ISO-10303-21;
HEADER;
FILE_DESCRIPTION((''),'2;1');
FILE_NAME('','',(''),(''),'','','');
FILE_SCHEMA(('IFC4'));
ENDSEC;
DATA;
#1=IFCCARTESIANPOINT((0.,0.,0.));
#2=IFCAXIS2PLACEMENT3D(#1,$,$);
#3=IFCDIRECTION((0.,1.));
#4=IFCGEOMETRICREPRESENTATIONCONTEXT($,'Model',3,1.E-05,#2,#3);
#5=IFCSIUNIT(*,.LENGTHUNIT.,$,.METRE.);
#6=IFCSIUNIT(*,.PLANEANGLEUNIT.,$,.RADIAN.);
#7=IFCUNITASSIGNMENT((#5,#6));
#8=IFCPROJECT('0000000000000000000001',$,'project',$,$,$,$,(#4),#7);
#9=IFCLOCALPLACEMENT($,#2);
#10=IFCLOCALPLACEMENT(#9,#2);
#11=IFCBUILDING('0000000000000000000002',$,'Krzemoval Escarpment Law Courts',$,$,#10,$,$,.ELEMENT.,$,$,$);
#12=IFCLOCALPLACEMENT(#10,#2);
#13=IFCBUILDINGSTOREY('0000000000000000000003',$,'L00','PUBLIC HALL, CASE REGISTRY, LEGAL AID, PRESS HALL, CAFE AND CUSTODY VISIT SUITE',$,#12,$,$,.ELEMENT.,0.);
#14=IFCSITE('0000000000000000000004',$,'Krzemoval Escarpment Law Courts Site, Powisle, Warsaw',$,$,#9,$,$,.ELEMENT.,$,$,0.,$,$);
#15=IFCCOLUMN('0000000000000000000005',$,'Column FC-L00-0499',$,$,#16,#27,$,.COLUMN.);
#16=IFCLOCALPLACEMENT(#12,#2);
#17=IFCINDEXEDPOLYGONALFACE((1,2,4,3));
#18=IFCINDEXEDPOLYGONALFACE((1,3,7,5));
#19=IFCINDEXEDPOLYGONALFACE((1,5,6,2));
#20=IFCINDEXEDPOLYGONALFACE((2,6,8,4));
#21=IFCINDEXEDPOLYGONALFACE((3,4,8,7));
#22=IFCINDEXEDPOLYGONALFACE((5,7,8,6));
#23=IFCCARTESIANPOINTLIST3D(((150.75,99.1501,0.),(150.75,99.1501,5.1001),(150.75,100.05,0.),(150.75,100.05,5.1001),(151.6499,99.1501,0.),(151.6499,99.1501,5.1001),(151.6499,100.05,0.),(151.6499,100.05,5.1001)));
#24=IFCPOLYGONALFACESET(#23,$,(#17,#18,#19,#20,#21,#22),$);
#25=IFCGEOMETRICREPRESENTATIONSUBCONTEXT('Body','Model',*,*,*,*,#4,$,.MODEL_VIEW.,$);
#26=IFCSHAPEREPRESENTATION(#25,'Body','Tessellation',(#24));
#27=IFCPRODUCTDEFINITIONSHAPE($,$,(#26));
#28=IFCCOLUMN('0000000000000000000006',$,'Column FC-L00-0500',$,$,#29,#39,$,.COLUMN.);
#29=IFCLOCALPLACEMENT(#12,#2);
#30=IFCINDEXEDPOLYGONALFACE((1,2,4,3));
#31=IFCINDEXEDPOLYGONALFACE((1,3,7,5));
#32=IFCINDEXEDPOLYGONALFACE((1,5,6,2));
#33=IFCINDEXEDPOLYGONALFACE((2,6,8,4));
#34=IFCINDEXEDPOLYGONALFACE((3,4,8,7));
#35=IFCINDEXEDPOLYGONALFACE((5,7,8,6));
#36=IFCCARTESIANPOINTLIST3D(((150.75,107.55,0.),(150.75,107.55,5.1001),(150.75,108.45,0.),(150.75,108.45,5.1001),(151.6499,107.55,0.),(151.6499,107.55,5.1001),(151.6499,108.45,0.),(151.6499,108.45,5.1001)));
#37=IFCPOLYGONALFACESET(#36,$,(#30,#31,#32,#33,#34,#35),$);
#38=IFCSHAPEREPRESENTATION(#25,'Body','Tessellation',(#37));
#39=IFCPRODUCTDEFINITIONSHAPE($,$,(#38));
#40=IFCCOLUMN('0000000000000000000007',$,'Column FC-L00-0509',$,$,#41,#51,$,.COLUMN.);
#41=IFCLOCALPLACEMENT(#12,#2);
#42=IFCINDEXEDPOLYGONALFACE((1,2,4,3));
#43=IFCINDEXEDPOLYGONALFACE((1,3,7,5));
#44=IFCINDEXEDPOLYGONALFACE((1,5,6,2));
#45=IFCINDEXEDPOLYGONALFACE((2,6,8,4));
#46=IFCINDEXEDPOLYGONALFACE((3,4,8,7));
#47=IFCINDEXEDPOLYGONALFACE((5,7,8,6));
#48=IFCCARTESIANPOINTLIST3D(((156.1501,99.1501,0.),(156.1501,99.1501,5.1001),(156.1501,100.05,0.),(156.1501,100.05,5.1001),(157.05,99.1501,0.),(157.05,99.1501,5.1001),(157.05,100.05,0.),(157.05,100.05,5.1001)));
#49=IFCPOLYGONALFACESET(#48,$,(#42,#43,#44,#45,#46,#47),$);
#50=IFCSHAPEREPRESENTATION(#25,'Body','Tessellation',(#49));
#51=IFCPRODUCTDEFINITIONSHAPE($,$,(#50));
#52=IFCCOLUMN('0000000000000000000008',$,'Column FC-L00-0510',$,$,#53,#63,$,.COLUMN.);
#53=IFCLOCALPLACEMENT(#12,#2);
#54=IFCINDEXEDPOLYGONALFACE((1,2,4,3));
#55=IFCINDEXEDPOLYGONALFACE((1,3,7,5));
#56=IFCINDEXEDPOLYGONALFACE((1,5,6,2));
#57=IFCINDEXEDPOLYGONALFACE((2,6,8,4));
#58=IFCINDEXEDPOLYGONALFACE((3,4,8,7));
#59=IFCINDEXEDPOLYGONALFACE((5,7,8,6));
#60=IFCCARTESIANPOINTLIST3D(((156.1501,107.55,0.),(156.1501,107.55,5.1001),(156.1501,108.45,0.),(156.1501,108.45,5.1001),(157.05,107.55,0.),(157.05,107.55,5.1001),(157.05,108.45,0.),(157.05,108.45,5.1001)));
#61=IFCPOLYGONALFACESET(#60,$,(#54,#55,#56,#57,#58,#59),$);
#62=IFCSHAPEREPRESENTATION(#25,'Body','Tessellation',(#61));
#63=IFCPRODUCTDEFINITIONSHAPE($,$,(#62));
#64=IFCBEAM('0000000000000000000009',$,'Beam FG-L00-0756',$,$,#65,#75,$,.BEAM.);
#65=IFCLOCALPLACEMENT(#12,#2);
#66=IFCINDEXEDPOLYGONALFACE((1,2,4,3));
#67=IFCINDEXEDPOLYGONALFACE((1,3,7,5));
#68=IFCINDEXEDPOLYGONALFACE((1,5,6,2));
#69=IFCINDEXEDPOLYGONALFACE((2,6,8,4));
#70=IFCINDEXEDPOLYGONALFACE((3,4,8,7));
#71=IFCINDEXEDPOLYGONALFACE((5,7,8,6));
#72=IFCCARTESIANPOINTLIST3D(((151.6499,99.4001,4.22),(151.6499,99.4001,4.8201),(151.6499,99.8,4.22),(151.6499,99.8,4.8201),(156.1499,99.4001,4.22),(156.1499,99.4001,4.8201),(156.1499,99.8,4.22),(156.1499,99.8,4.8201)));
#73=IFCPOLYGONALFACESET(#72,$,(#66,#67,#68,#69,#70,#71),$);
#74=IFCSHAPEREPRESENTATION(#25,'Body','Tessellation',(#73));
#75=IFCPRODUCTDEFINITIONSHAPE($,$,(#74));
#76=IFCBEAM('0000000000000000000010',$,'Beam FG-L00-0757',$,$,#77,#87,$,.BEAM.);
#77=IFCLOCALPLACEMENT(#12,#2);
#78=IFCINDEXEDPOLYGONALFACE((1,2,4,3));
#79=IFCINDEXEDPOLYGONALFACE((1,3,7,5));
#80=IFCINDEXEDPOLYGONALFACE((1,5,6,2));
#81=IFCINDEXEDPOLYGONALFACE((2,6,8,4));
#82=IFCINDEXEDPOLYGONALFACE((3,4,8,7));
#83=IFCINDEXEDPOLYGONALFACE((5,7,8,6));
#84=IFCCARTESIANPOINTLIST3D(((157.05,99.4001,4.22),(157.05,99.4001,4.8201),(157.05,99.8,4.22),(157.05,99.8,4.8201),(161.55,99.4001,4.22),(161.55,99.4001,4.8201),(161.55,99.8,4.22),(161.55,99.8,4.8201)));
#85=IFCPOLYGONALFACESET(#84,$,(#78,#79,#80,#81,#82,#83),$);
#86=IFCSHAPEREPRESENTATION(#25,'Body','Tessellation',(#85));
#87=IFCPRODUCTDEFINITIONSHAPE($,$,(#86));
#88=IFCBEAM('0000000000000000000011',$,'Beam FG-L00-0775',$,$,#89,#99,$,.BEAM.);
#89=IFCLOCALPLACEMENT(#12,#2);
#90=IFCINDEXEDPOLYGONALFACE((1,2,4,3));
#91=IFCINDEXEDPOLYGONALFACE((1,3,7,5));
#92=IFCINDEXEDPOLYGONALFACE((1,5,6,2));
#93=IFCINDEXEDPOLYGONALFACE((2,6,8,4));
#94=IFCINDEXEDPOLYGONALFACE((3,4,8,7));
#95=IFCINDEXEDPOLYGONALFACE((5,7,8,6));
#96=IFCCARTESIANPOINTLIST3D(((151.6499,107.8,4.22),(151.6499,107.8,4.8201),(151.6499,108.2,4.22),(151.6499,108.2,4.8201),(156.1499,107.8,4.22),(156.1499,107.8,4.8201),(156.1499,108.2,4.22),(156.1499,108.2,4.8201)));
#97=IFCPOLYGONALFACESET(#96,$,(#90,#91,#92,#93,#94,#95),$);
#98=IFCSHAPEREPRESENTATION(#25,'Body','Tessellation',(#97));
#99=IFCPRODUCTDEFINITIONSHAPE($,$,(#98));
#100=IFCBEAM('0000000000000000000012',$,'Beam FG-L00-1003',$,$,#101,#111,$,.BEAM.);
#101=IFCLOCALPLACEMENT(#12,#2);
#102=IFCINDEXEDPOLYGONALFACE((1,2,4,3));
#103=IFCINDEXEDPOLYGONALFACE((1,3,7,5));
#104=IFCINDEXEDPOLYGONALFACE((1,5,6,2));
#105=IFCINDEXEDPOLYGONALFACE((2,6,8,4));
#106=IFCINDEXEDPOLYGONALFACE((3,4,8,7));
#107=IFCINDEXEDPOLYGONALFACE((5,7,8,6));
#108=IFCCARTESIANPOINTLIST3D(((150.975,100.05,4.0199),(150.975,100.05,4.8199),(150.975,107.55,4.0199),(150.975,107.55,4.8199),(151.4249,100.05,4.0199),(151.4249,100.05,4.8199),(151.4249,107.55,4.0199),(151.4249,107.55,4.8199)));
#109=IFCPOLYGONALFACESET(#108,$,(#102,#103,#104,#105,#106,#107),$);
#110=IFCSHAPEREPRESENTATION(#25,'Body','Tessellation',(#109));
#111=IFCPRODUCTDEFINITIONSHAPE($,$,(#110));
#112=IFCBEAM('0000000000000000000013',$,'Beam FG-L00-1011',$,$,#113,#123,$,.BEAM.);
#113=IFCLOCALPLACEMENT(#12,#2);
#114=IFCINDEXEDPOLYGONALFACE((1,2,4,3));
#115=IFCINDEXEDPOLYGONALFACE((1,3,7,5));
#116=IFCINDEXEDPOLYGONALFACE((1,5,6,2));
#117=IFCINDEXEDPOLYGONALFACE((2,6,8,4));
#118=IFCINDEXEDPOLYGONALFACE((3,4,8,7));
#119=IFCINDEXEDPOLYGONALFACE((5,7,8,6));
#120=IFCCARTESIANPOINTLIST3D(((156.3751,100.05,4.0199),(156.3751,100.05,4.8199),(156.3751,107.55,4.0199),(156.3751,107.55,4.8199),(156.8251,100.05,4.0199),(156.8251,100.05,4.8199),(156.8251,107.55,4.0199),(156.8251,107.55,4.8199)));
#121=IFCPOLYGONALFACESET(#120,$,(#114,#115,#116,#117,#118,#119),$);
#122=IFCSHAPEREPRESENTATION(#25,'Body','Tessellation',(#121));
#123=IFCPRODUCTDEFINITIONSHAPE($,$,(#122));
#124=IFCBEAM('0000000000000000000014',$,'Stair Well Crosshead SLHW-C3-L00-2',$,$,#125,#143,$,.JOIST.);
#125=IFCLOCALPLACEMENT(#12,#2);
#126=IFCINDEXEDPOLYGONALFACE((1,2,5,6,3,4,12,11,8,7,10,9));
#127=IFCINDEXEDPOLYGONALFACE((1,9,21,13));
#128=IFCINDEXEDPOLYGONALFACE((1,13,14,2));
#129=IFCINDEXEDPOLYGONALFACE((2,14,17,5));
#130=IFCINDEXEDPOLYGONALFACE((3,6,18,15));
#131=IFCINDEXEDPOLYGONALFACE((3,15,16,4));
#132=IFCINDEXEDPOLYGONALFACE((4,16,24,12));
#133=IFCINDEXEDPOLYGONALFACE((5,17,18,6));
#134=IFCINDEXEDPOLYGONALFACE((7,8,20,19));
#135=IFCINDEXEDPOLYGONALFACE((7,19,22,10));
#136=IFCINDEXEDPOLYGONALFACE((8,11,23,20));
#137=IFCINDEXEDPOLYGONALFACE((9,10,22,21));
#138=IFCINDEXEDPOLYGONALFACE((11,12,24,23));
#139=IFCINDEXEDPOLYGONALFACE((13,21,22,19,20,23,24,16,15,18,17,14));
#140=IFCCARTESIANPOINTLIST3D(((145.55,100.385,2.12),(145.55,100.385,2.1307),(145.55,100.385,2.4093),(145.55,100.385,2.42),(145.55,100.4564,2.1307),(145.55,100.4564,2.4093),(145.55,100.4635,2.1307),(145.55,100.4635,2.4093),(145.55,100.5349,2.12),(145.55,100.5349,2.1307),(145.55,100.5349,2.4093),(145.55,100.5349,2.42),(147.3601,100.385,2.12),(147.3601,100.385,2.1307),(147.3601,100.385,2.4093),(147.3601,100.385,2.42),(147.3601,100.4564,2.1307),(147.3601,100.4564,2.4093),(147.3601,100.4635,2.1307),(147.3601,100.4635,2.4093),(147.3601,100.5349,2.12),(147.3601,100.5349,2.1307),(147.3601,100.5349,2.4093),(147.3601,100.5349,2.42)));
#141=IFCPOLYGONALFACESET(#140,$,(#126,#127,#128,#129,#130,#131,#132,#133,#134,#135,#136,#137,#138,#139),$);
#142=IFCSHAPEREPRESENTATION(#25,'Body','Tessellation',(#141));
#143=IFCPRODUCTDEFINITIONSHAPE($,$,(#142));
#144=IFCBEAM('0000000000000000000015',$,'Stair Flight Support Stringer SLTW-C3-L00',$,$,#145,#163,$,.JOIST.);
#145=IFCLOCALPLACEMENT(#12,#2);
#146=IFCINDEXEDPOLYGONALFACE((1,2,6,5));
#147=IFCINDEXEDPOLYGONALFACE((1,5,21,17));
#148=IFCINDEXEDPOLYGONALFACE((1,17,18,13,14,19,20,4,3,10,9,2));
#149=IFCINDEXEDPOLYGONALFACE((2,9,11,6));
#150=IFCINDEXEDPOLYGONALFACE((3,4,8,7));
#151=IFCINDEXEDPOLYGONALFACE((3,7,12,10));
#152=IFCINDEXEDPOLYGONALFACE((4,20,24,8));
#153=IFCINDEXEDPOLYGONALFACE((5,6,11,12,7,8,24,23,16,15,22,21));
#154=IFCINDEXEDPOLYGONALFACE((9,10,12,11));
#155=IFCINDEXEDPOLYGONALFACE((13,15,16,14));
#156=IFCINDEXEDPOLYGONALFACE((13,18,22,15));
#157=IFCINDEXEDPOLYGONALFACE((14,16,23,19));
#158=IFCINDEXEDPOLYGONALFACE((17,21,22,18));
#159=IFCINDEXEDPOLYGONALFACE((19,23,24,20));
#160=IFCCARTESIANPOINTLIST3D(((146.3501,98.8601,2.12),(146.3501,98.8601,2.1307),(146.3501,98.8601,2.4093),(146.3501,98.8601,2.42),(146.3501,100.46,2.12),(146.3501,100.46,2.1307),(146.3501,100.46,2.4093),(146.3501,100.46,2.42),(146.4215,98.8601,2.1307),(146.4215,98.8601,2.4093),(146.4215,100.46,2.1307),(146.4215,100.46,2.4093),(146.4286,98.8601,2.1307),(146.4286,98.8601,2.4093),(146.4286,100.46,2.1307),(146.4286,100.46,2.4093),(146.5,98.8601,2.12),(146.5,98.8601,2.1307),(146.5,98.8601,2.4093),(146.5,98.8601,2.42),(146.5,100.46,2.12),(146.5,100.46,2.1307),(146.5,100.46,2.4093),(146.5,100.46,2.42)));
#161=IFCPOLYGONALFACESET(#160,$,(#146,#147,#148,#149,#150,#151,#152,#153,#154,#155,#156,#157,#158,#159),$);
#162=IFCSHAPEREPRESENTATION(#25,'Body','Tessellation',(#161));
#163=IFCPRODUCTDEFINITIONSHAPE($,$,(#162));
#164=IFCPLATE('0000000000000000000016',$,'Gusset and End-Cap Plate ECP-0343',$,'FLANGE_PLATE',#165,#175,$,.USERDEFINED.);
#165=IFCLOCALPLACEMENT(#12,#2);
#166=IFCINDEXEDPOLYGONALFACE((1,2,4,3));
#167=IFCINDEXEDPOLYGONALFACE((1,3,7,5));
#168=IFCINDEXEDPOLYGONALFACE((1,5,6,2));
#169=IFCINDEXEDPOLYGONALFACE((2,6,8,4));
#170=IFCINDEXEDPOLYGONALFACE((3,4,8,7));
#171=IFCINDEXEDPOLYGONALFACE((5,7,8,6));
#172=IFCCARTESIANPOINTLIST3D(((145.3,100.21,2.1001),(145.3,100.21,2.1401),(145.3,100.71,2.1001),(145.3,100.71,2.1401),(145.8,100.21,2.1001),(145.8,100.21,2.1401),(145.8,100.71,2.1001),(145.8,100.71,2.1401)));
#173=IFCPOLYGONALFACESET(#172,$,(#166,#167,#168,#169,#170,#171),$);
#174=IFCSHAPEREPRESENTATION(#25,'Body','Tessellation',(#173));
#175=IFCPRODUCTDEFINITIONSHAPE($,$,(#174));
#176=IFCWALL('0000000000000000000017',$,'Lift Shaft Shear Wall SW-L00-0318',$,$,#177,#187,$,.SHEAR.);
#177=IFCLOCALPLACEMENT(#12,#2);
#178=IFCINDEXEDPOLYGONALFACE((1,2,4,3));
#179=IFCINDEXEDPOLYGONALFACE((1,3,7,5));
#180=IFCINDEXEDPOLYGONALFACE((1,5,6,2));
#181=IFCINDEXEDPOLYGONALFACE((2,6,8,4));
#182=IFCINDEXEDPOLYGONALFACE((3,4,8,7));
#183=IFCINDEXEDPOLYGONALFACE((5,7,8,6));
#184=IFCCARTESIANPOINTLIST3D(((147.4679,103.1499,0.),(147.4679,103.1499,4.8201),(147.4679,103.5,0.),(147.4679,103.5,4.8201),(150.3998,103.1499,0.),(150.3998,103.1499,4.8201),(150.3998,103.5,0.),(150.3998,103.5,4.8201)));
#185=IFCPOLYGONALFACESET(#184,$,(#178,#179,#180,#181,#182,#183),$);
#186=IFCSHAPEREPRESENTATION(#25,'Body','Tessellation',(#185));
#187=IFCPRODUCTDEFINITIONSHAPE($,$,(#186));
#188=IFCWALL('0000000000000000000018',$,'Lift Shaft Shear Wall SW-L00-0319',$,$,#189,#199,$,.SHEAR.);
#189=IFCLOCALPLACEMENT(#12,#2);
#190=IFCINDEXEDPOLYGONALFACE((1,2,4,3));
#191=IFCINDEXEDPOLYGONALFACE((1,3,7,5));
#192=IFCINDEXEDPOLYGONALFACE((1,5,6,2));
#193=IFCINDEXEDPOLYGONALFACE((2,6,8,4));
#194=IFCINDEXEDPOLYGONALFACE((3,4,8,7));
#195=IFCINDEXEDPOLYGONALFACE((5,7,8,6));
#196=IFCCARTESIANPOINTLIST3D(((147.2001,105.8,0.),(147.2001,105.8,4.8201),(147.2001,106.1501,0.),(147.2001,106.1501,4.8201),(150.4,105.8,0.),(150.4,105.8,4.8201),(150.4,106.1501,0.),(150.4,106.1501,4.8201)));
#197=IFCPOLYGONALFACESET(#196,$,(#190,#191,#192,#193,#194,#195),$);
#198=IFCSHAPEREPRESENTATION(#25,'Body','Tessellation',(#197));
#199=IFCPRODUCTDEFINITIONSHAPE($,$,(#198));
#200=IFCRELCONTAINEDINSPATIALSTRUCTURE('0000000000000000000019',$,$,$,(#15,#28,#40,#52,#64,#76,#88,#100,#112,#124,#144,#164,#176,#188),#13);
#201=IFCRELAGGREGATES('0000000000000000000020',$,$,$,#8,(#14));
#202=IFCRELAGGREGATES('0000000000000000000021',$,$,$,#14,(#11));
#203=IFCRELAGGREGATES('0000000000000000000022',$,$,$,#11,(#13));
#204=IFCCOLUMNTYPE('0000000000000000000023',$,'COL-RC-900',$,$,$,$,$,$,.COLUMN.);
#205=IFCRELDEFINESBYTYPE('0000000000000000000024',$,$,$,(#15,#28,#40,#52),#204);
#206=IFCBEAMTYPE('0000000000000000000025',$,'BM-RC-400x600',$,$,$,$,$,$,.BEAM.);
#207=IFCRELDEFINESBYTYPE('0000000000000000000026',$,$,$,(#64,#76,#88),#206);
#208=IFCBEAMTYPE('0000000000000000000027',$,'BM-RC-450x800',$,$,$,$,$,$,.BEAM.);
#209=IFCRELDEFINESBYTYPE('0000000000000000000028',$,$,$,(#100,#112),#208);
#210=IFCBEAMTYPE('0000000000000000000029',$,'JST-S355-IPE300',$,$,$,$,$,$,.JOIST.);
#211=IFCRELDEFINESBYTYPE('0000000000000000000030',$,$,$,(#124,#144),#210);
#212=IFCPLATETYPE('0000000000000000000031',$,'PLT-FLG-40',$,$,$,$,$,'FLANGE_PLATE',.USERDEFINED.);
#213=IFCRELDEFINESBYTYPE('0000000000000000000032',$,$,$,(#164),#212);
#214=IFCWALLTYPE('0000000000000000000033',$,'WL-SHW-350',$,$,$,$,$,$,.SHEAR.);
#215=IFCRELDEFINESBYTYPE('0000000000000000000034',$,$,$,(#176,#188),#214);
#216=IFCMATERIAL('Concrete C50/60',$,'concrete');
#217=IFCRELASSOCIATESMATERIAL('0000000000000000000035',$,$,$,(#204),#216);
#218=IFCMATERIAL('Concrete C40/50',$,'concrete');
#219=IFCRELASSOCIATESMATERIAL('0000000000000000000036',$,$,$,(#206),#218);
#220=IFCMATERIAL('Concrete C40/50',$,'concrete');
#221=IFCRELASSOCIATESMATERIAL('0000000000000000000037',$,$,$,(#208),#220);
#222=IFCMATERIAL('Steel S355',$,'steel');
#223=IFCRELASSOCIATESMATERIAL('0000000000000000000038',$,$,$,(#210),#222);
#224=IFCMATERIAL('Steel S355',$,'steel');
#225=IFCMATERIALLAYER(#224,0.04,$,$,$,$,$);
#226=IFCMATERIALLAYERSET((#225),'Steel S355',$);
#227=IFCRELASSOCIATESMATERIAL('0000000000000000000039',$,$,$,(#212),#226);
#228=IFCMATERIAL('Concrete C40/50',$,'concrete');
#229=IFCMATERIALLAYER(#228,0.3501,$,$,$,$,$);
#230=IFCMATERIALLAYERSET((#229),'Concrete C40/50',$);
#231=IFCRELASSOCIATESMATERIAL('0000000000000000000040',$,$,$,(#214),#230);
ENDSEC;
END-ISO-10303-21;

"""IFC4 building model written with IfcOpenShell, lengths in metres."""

from ifc_helpers import new_model, si_unit, direction, frame, frame_2d, origin, origin_2d, place, context, subcontext, project, spatial, rectangle, i_section, extrude, material, layer, layer_set, material_profile, profile_set, type_object, element, save


model = new_model("IFC4")

# Units and contexts
model_context = context("Model", 3, precision=1e-05, world=origin(), true_north=direction((0.0, 1.0)))
body_context = subcontext(model_context, "Body", "Model", "MODEL_VIEW")
ifc_project = project(units=[si_unit("LENGTHUNIT", "METRE"), si_unit("PLANEANGLEUNIT", "RADIAN")], contexts=[model_context])

# Site, building, storey
site_placement = place(None, origin())
site = spatial("IfcSite", under=ifc_project, at=site_placement, Name="Krzemoval Escarpment Law Courts Site, Powisle, Warsaw", CompositionType="ELEMENT", RefElevation=0.0)
building_placement = place(site_placement, origin())
building = spatial("IfcBuilding", under=site, at=building_placement, Name="Krzemoval Escarpment Law Courts", CompositionType="ELEMENT")
storey_placement = place(building_placement, origin())
storey = spatial("IfcBuildingStorey", under=building, at=storey_placement, Name="L00", Description="PUBLIC HALL, CASE REGISTRY, LEGAL AID, PRESS HALL, CAFE AND CUSTODY VISIT SUITE", CompositionType="ELEMENT", Elevation=0.0)

# Columns
ifc_material_1 = material(Name="Concrete C50/60", Category="concrete")
ifc_material_profile_1 = material_profile(ifc_material_1, rectangle(XDim=0.8999, YDim=0.8999, at=origin_2d()), Name="RC 900x900")
ifc_profile_set_1 = profile_set([ifc_material_profile_1], Name="Concrete C50/60")
column_type = type_object("IfcColumnType", Name="COL-RC-900", PredefinedType="COLUMN", material=ifc_profile_set_1)
for number, where, z_axis, x_axis, name in (
    (1, (151.2, 99.6001, 0.0), (0.0, 0.0, 1.0), (1.0, 0.0, 0.0), "Column FC-L00-0499"),
    (2, (151.2, 108.0, 0.0), (0.0, 0.0, 1.0), (1.0, 0.0, 0.0), "Column FC-L00-0500"),
    (3, (156.6001, 99.6001, 0.0), (0.0, 0.0, 1.0), (1.0, 0.0, 0.0), "Column FC-L00-0509"),
    (4, (156.6001, 108.0, 0.0), (0.0, 0.0, 1.0), (1.0, 0.0, 0.0), "Column FC-L00-0510"),
):
    element("IfcColumn", number, at=place(storey_placement, frame(where, z_axis=z_axis, x_axis=x_axis)), inside=storey, type_object=column_type, Name=name, PredefinedType="COLUMN", context=body_context, shape_type="SweptSolid", body=[
        extrude(rectangle(XDim=0.8999, YDim=0.8999, at=origin_2d()), origin(), (0.0, 0.0, 1.0), 5.1001),
    ])

# Beams
ifc_material_2 = material(Name="Concrete C40/50", Category="concrete")
ifc_material_profile_2 = material_profile(ifc_material_2, rectangle(XDim=0.3999, YDim=0.6001, at=origin_2d()), Name="RCB 400x600")
ifc_profile_set_2 = profile_set([ifc_material_profile_2], Name="Concrete C40/50")
beam_type_1 = type_object("IfcBeamType", Name="BM-RC-400x600", PredefinedType="BEAM", material=ifc_profile_set_2)
for number, where, z_axis, x_axis, name in (
    (5, (151.6499, 99.6001, 4.52), (1.0, 0.0, 0.0), (0.0, 1.0, 0.0), "Beam FG-L00-0756"),
    (6, (157.05, 99.6001, 4.52), (1.0, 0.0, 0.0), (0.0, 1.0, 0.0), "Beam FG-L00-0757"),
    (7, (151.6499, 108.0, 4.52), (1.0, 0.0, 0.0), (0.0, 1.0, 0.0), "Beam FG-L00-0775"),
):
    element("IfcBeam", number, at=place(storey_placement, frame(where, z_axis=z_axis, x_axis=x_axis)), inside=storey, type_object=beam_type_1, Name=name, PredefinedType="BEAM", context=body_context, shape_type="SweptSolid", body=[
        extrude(rectangle(XDim=0.3999, YDim=0.6001, at=origin_2d()), origin(), (0.0, 0.0, 1.0), 4.5),
    ])
ifc_material_3 = material(Name="Concrete C40/50", Category="concrete")
ifc_material_profile_3 = material_profile(ifc_material_3, rectangle(XDim=0.45, YDim=0.8, at=origin_2d()), Name="RCB 450x800")
ifc_profile_set_3 = profile_set([ifc_material_profile_3], Name="Concrete C40/50")
beam_type_2 = type_object("IfcBeamType", Name="BM-RC-450x800", PredefinedType="BEAM", material=ifc_profile_set_3)
for number, where, z_axis, x_axis, name in (
    (8, (151.2, 100.05, 4.4199), (0.0, 1.0, 0.0), (-1.0, 0.0, 0.0), "Beam FG-L00-1003"),
    (9, (156.6001, 100.05, 4.4199), (0.0, 1.0, 0.0), (-1.0, 0.0, 0.0), "Beam FG-L00-1011"),
):
    element("IfcBeam", number, at=place(storey_placement, frame(where, z_axis=z_axis, x_axis=x_axis)), inside=storey, type_object=beam_type_2, Name=name, PredefinedType="BEAM", context=body_context, shape_type="SweptSolid", body=[
        extrude(rectangle(XDim=0.45, YDim=0.8, at=origin_2d()), origin(), (0.0, 0.0, 1.0), 7.5),
    ])
ifc_material_4 = material(Name="Steel S355", Category="steel")
ifc_material_profile_4 = material_profile(ifc_material_4, i_section(OverallWidth=0.1499, OverallDepth=0.3, WebThickness=0.0071, FlangeThickness=0.0107, at=origin_2d()), Name="IPE 300")
ifc_profile_set_4 = profile_set([ifc_material_profile_4], Name="Steel S355")
beam_type_3 = type_object("IfcBeamType", Name="JST-S355-IPE300", PredefinedType="JOIST", material=ifc_profile_set_4)
beam_1_placement = place(storey_placement, frame((145.55, 100.46, 2.27), z_axis=(1.0, 0.0, 0.0), x_axis=(0.0, 1.0, 0.0)))
element("IfcBeam", 10, at=beam_1_placement, inside=storey, type_object=beam_type_3, Name="Stair Well Crosshead SLHW-C3-L00-2", PredefinedType="JOIST", context=body_context, shape_type="SweptSolid", body=[
    extrude(i_section(OverallWidth=0.1499, OverallDepth=0.3, WebThickness=0.0071, FlangeThickness=0.0107, at=origin_2d()), origin(), (0.0, 0.0, 1.0), 1.8101),
])
beam_2_placement = place(storey_placement, frame((146.425, 98.8601, 2.27), z_axis=(0.0, 1.0, 0.0), x_axis=(-1.0, 0.0, 0.0)))
element("IfcBeam", 11, at=beam_2_placement, inside=storey, type_object=beam_type_3, Name="Stair Flight Support Stringer SLTW-C3-L00", PredefinedType="JOIST", context=body_context, shape_type="SweptSolid", body=[
    extrude(i_section(OverallWidth=0.1499, OverallDepth=0.3, WebThickness=0.0071, FlangeThickness=0.0107, at=origin_2d()), origin(), (0.0, 0.0, 1.0), 1.5999),
])

# Plate
ifc_material_5 = material(Name="Steel S355", Category="steel")
ifc_layer_1 = layer(ifc_material_5, 0.04)
ifc_layer_set_1 = layer_set([ifc_layer_1], Name="Steel S355")
plate_type = type_object("IfcPlateType", Name="PLT-FLG-40", ElementType="FLANGE_PLATE", PredefinedType="USERDEFINED", material=ifc_layer_set_1)
plate_placement = place(storey_placement, frame((145.55, 100.46, 2.1001), z_axis=(0.0, 0.0, 1.0), x_axis=(1.0, 0.0, 0.0)))
element("IfcPlate", 12, at=plate_placement, inside=storey, type_object=plate_type, Name="Gusset and End-Cap Plate ECP-0343", ObjectType="FLANGE_PLATE", PredefinedType="USERDEFINED", context=body_context, shape_type="SweptSolid", body=[
    extrude(rectangle(XDim=0.5, YDim=0.5, at=origin_2d()), origin(), (0.0, 0.0, 1.0), 0.04),
])

# Walls
ifc_material_6 = material(Name="Concrete C40/50", Category="concrete")
ifc_layer_2 = layer(ifc_material_6, 0.3501)
ifc_layer_set_2 = layer_set([ifc_layer_2], Name="Concrete C40/50")
wall_type = type_object("IfcWallType", Name="WL-SHW-350", PredefinedType="SHEAR", material=ifc_layer_set_2)
wall_1_placement = place(storey_placement, frame((147.468, 103.325, 0.0), z_axis=(0.0, 0.0, 1.0), x_axis=(1.0, 0.0, 0.0)))
element("IfcWall", 13, at=wall_1_placement, inside=storey, type_object=wall_type, Name="Lift Shaft Shear Wall SW-L00-0318", PredefinedType="SHEAR", context=body_context, shape_type="SweptSolid", body=[
    extrude(rectangle(XDim=2.9319, YDim=0.3501, at=frame_2d((1.4658, 0.0))), origin(), (0.0, 0.0, 1.0), 4.8201),
])
wall_2_placement = place(storey_placement, frame((147.2, 105.9751, 0.0), z_axis=(0.0, 0.0, 1.0), x_axis=(1.0, 0.0, 0.0)))
element("IfcWall", 14, at=wall_2_placement, inside=storey, type_object=wall_type, Name="Lift Shaft Shear Wall SW-L00-0319", PredefinedType="SHEAR", context=body_context, shape_type="SweptSolid", body=[
    extrude(rectangle(XDim=3.2, YDim=0.3501, at=frame_2d((1.6001, 0.0))), origin(), (0.0, 0.0, 1.0), 4.8201),
])

save(model, "model.ifc")
